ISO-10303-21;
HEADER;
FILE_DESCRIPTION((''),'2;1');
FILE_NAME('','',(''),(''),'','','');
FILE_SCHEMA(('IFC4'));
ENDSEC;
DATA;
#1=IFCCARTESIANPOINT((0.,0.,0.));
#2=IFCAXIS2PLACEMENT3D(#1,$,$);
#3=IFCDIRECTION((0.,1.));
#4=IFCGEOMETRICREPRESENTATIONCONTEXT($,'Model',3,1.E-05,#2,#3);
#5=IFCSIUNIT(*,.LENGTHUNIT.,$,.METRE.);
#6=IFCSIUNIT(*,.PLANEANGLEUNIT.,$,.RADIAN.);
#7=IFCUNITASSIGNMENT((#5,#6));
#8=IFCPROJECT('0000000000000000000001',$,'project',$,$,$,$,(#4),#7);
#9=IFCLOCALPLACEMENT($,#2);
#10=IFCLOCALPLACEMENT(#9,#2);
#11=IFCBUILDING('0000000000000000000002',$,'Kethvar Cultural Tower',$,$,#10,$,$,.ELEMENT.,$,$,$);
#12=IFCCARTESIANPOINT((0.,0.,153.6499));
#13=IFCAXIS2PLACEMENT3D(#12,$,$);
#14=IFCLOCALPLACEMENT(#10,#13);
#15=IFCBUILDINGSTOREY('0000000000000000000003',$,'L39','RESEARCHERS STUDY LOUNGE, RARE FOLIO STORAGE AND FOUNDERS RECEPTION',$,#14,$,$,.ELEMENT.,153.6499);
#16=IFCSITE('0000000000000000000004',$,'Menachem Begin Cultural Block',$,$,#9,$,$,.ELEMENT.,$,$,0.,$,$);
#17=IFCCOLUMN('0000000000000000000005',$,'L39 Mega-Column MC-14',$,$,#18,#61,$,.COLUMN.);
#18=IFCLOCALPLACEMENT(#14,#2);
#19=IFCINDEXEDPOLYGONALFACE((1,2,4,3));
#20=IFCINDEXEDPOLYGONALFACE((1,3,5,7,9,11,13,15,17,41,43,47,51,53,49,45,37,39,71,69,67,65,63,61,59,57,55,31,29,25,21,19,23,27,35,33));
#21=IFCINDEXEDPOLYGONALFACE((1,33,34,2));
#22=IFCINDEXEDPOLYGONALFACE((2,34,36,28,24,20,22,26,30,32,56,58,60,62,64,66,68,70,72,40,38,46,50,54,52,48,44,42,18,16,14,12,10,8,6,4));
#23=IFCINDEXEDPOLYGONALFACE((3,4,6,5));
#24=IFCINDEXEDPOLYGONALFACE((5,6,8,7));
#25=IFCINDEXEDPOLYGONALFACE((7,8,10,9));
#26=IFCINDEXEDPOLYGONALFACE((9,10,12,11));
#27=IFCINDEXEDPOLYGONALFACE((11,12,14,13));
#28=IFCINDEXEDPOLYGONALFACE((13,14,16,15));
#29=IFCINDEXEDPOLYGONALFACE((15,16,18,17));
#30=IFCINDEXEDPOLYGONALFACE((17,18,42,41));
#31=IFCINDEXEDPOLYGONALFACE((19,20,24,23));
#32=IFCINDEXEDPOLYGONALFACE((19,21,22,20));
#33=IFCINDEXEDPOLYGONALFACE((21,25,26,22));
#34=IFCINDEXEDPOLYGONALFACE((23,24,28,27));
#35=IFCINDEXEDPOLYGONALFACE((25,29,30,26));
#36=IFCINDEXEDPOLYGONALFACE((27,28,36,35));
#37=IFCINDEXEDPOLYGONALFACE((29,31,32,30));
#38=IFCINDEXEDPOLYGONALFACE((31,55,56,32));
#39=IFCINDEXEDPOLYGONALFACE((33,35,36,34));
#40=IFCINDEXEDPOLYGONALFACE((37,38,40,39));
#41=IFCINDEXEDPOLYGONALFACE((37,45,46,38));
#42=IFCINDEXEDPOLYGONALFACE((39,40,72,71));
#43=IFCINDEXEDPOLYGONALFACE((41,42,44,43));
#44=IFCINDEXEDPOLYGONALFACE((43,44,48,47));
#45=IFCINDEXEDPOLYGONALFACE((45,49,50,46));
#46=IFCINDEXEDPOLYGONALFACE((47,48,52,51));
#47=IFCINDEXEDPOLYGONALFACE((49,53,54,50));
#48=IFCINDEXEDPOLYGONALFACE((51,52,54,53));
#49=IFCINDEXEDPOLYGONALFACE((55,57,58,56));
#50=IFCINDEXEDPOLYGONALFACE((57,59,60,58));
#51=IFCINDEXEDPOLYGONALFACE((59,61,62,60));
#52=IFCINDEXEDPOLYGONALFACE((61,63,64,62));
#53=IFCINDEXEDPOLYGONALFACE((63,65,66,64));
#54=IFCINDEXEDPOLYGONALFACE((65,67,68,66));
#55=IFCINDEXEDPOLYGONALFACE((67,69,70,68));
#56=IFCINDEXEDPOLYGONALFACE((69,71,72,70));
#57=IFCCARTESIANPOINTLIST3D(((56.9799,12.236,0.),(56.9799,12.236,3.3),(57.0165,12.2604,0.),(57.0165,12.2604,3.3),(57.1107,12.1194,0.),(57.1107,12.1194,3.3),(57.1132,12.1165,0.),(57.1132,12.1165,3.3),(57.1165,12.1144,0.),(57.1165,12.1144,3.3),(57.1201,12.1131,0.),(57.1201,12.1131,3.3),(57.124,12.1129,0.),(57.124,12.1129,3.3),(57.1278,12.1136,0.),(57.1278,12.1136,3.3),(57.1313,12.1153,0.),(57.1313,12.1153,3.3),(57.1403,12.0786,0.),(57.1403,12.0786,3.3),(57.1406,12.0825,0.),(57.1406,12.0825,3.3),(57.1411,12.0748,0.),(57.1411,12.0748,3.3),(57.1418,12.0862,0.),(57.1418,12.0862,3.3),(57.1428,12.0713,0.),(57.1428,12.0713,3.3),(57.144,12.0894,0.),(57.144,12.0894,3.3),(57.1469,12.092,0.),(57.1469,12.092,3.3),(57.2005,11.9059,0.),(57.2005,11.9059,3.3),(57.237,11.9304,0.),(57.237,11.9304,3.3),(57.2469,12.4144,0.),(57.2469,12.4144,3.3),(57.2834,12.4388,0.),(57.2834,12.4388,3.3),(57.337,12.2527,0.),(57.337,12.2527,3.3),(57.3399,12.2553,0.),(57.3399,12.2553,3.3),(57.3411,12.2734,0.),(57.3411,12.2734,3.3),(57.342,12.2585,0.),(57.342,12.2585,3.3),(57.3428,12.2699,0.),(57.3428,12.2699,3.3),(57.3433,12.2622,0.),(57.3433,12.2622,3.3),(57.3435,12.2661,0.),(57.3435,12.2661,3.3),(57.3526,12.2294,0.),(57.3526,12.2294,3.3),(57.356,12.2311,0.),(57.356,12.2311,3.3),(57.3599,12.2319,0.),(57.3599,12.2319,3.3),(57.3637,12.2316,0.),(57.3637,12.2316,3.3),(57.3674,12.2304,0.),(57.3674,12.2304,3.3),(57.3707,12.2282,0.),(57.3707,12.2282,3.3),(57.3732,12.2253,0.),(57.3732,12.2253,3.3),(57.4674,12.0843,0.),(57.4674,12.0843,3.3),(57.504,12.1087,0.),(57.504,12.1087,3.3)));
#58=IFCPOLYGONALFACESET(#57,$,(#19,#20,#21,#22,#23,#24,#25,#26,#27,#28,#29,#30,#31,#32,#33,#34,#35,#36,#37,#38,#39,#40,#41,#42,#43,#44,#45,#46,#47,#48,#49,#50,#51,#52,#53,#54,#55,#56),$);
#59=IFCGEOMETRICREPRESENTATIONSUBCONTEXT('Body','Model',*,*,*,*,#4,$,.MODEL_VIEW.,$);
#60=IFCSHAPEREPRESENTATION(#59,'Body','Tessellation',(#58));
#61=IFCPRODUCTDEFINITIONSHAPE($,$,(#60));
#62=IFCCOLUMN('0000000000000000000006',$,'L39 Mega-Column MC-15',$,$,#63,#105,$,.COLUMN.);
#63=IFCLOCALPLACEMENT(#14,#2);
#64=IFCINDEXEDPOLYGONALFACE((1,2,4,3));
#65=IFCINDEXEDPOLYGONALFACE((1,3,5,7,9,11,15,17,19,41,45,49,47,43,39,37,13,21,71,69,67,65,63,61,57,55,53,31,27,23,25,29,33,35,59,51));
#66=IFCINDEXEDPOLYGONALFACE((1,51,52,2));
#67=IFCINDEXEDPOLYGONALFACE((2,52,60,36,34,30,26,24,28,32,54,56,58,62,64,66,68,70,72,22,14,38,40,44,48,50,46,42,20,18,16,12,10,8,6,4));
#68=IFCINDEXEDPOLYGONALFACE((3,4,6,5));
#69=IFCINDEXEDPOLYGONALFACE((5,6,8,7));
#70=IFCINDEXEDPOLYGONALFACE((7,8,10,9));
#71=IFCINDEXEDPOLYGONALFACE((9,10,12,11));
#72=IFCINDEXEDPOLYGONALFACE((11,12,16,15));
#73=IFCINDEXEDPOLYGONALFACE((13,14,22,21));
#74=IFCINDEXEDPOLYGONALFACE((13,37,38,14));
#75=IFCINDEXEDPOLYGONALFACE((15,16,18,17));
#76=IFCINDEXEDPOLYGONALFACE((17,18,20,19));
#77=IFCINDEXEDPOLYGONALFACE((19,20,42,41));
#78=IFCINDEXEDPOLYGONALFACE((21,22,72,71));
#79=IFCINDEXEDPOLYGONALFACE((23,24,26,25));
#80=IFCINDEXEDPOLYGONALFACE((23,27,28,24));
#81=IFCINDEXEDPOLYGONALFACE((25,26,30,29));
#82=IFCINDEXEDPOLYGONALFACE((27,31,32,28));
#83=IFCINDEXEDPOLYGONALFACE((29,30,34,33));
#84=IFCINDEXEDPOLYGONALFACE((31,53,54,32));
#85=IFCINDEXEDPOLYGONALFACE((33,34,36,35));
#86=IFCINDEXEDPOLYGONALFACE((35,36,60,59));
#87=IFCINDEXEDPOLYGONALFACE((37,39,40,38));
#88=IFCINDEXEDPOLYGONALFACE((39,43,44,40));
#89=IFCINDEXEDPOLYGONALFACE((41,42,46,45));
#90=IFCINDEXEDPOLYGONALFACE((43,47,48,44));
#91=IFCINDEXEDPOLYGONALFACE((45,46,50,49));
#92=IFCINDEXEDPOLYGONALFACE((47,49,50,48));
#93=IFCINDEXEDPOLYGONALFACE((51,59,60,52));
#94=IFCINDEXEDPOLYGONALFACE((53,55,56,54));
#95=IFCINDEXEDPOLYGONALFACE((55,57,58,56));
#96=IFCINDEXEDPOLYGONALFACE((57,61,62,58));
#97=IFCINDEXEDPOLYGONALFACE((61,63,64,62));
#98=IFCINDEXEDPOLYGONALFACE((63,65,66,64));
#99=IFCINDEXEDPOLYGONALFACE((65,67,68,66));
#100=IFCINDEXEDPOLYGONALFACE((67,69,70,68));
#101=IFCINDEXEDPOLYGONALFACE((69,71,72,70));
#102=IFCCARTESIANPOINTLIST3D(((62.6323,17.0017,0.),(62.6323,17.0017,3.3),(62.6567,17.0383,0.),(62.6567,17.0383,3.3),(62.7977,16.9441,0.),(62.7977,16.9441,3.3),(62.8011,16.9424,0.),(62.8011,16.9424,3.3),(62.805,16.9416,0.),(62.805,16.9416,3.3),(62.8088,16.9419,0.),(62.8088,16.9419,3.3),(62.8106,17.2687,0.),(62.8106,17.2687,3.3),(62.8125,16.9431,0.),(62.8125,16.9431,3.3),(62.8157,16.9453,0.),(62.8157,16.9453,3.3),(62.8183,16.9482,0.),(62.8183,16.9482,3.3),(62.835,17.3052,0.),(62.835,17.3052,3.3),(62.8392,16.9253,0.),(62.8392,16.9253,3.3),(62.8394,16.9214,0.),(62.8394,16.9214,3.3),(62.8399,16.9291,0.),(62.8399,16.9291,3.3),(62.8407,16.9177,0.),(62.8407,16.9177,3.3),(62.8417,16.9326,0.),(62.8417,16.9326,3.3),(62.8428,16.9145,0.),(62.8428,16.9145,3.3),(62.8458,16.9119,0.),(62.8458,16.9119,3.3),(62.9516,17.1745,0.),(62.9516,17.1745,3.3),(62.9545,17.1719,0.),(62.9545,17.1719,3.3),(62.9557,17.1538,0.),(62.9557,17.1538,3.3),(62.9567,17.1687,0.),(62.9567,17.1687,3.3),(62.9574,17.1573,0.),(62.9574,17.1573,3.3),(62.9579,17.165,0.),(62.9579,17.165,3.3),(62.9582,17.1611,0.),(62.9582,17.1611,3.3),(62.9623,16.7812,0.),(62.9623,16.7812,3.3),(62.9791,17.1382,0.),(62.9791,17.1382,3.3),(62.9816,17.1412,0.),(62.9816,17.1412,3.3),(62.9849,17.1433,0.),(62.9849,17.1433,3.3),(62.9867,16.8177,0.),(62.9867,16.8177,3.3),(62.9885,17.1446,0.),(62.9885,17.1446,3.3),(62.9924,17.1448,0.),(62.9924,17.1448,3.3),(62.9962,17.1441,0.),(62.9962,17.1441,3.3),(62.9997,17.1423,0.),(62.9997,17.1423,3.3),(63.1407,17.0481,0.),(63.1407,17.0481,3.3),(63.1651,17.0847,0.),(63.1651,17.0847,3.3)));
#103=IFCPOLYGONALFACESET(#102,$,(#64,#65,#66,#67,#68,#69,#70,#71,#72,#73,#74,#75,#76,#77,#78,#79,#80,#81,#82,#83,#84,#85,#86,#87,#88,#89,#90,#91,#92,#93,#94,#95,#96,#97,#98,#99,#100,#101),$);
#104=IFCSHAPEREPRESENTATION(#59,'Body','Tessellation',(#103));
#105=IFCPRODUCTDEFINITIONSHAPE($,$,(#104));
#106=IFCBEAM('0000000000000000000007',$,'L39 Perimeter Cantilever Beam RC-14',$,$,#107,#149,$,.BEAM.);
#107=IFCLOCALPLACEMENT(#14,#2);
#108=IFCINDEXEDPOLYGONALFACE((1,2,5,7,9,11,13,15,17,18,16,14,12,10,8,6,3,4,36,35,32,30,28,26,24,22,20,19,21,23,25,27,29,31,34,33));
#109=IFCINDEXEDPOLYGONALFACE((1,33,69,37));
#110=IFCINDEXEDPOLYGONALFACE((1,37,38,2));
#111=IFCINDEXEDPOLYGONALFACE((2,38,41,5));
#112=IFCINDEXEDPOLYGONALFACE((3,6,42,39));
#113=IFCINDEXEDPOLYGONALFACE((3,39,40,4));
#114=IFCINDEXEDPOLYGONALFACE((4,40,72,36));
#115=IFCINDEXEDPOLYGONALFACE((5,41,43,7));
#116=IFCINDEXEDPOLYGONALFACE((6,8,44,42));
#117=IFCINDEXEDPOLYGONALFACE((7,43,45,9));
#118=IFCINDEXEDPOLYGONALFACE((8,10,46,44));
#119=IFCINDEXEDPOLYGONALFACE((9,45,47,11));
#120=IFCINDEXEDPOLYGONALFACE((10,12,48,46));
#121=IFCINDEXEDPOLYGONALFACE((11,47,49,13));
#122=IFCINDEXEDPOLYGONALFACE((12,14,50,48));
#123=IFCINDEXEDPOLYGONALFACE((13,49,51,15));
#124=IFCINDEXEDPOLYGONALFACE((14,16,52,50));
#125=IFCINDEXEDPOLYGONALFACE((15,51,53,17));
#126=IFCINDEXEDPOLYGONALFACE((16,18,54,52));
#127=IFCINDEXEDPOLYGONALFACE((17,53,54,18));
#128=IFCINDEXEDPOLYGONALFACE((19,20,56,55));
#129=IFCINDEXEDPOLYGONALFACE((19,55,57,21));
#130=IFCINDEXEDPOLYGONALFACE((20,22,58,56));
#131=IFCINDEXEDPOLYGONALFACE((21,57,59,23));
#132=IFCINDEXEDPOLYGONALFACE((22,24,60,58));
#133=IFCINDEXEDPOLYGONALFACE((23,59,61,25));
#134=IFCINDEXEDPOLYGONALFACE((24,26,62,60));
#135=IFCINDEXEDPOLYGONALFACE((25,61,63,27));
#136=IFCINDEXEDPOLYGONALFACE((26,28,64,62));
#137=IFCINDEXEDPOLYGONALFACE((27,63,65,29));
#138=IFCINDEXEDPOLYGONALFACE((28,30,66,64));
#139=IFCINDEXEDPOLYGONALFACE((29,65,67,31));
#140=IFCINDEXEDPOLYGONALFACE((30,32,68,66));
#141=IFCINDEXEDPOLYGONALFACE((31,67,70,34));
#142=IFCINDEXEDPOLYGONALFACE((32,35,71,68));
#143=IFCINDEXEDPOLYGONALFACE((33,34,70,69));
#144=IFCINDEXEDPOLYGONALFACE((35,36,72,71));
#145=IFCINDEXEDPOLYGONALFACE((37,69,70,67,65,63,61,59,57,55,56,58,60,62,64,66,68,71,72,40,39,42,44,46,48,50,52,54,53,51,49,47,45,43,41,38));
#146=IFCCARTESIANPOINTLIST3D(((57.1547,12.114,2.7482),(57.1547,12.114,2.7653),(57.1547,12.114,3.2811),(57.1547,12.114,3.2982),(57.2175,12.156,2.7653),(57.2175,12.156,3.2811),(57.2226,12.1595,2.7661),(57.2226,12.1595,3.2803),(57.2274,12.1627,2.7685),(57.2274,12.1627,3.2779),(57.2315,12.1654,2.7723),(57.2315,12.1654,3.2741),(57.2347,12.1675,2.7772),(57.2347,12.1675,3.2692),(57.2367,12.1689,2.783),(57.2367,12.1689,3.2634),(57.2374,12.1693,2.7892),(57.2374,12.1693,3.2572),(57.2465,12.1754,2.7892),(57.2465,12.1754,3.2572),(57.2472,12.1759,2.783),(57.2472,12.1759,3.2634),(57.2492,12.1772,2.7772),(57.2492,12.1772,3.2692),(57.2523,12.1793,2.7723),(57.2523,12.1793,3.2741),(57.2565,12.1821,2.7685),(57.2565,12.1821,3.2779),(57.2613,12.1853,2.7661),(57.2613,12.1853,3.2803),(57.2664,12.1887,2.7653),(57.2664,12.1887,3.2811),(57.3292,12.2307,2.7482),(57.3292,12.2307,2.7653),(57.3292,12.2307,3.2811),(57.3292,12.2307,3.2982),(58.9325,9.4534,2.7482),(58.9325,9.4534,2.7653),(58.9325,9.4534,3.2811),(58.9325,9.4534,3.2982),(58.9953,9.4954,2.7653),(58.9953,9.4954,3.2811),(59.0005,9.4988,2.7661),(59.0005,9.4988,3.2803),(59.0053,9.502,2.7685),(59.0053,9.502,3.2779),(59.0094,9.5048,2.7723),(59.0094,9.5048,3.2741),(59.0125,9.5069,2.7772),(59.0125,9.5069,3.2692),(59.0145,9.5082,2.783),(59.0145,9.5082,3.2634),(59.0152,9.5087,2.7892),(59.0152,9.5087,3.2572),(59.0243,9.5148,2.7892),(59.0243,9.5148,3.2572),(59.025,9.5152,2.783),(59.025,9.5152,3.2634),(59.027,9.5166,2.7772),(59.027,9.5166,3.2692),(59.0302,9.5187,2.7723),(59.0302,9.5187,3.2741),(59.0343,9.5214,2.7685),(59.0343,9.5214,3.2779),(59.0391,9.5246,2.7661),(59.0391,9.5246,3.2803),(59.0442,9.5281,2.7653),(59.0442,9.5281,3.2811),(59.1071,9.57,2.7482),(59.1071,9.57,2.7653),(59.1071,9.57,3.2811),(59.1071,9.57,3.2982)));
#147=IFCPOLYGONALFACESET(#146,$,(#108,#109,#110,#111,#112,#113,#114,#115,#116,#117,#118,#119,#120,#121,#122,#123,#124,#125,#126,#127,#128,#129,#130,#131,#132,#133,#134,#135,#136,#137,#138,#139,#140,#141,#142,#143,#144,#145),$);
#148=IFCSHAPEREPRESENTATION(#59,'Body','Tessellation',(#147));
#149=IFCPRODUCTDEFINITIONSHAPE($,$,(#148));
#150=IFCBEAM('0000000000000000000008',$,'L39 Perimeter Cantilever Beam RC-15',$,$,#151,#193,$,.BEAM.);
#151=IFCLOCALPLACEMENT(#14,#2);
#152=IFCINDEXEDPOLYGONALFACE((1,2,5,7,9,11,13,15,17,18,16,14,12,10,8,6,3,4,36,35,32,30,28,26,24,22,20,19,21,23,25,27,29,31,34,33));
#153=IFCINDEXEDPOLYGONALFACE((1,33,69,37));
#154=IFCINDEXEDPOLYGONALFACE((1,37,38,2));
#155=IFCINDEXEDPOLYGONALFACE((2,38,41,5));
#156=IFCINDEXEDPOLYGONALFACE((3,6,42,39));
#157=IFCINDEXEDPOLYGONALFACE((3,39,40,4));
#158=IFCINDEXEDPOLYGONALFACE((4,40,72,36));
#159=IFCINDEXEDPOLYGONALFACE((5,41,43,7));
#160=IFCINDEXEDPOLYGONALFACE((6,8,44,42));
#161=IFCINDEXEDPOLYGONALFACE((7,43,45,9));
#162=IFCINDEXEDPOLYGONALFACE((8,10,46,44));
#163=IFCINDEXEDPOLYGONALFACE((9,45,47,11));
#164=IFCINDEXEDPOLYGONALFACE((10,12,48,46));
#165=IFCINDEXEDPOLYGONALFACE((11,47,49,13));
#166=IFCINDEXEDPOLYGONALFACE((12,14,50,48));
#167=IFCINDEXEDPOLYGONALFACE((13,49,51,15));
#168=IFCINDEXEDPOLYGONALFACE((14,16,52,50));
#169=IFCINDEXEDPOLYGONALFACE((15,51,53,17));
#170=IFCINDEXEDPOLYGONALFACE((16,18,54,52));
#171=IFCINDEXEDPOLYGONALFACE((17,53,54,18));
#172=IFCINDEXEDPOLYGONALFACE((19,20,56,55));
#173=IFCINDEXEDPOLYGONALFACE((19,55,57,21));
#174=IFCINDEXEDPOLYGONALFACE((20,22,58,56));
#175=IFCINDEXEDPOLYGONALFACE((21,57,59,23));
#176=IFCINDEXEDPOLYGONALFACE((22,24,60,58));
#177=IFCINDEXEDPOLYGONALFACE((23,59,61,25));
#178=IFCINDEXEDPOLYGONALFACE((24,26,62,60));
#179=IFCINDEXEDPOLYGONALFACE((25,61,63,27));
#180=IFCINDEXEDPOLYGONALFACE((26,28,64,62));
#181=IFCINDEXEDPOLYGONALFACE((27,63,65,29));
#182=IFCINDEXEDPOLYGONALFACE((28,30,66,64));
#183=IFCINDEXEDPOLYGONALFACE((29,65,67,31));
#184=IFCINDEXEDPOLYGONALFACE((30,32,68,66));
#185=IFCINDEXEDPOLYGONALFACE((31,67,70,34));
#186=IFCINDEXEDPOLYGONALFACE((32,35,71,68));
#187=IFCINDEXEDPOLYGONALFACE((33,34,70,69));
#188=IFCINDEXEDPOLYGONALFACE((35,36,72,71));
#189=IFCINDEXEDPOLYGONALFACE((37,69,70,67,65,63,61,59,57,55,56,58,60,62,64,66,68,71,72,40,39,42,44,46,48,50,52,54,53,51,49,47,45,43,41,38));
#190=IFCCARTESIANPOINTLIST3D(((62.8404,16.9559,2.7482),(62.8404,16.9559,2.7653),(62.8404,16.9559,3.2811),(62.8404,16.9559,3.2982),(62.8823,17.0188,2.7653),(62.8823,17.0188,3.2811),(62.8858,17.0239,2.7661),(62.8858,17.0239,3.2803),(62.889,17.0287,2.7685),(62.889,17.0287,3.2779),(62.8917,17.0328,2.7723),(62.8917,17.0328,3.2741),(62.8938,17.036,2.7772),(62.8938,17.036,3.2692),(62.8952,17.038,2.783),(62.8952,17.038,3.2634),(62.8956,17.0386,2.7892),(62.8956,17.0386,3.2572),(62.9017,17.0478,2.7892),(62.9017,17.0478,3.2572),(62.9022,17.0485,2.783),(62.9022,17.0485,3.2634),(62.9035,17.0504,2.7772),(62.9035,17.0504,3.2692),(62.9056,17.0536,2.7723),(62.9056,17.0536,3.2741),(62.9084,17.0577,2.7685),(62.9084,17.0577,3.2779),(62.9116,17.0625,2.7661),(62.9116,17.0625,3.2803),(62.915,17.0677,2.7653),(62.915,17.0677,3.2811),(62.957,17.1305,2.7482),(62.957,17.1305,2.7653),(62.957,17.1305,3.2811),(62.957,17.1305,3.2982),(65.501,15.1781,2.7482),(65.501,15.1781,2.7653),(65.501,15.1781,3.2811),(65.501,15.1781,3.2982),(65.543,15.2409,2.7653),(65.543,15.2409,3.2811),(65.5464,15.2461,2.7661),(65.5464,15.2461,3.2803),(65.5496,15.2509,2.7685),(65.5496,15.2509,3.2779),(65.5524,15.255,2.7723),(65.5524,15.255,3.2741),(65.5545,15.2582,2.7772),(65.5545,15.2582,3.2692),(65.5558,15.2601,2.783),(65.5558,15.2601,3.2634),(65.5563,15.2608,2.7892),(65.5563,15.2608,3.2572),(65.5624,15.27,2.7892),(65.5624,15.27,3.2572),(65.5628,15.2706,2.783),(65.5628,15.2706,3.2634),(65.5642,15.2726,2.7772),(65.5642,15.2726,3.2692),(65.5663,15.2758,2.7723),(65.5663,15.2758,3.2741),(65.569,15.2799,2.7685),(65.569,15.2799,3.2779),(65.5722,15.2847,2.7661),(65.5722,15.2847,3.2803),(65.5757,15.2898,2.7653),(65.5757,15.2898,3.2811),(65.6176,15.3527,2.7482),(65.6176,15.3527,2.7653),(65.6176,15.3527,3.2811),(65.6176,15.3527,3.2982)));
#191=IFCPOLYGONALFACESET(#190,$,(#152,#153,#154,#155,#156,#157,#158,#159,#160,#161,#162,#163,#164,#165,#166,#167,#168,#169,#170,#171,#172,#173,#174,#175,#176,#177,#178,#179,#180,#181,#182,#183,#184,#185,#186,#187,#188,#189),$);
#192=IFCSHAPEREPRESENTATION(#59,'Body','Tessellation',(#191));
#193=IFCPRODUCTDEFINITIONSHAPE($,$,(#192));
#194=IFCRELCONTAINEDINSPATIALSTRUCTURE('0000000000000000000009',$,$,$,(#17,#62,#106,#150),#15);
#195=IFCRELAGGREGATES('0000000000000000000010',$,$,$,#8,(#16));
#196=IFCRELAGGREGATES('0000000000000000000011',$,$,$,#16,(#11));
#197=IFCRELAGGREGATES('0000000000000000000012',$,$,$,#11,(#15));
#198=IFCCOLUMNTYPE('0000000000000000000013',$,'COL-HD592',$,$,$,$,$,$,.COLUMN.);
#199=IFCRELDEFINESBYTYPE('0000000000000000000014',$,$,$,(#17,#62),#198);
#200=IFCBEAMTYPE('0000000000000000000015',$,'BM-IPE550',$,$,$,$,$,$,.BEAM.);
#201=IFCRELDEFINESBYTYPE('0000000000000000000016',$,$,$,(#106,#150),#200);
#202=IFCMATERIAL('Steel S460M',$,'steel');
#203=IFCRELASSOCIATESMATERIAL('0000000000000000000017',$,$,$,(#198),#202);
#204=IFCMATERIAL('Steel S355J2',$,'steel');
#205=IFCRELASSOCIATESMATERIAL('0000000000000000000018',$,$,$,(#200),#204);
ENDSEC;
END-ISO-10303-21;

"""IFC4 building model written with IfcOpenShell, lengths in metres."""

from ifc_helpers import new_model, si_unit, direction, frame, origin, origin_2d, place, context, subcontext, project, spatial, i_section, extrude, source, transform, mapped, material, material_profile, profile_set, type_object, element, save


model = new_model("IFC4")

# Units and contexts
model_context = context("Model", 3, precision=1e-05, world=origin(), true_north=direction((0.0, 1.0)))
body_context = subcontext(model_context, "Body", "Model", "MODEL_VIEW")
ifc_project = project(units=[si_unit("LENGTHUNIT", "METRE"), si_unit("PLANEANGLEUNIT", "RADIAN")], contexts=[model_context])

# Site, building, storey
site_placement = place(None, origin())
site = spatial("IfcSite", under=ifc_project, at=site_placement, Name="Menachem Begin Cultural Block", CompositionType="ELEMENT", RefElevation=0.0)
building_placement = place(site_placement, origin())
building = spatial("IfcBuilding", under=site, at=building_placement, Name="Kethvar Cultural Tower", CompositionType="ELEMENT")
storey_placement = place(building_placement, frame((0.0, 0.0, 153.6499)))
storey = spatial("IfcBuildingStorey", under=building, at=storey_placement, Name="L39", Description="RESEARCHERS STUDY LOUNGE, RARE FOLIO STORAGE AND FOUNDERS RECEPTION", CompositionType="ELEMENT", Elevation=153.6499)

# Columns
ifc_material_1 = material(Name="Steel S460M", Category="steel")
ifc_material_profile_1 = material_profile(ifc_material_1, i_section(OverallWidth=0.397, OverallDepth=0.365, WebThickness=0.0281, FlangeThickness=0.0439, FilletRadius=0.0149, at=origin_2d()), Name="Steel S460M — HD400x592")
ifc_profile_set_1 = profile_set([ifc_material_profile_1], Name="Steel S460M — HD400x592")
column_type = type_object("IfcColumnType", Name="COL-HD592", PredefinedType="COLUMN", material=ifc_profile_set_1)
shared_shape_1 = source(origin(), body_context, "Body", "SweptSolid", [
    extrude(i_section(OverallWidth=0.397, OverallDepth=0.365, WebThickness=0.0281, FlangeThickness=0.0439, FilletRadius=0.0149, at=origin_2d()), origin(), (0.0, 0.0, 1.0), 3.3),
])
for number, where, z_axis, x_axis, name in (
    (1, (57.2419, 12.1724, 0.0), (0.0, 0.0, 1.0), (0.55557, -0.83147, 0.0), "L39 Mega-Column MC-14"),
    (2, (62.8987, 17.0432, 0.0), (0.0, 0.0, 1.0), (0.83147, -0.55557, 0.0), "L39 Mega-Column MC-15"),
):
    element("IfcColumn", number, at=place(storey_placement, frame(where, z_axis=z_axis, x_axis=x_axis)), inside=storey, type_object=column_type, Name=name, PredefinedType="COLUMN", context=body_context, shape_type="MappedRepresentation", body=[
        mapped(shared_shape_1, transform((0.0, 0.0, 0.0), scale=1.0)),
    ])

# Beams
ifc_material_2 = material(Name="Steel S355J2", Category="steel")
ifc_material_profile_2 = material_profile(ifc_material_2, i_section(OverallWidth=0.21, OverallDepth=0.55, WebThickness=0.011, FlangeThickness=0.0171, FilletRadius=0.0239, at=origin_2d()), Name="Steel S355J2 — IPE550")
ifc_profile_set_2 = profile_set([ifc_material_profile_2], Name="Steel S355J2 — IPE550")
beam_type_1 = type_object("IfcBeamType", Name="BM-IPE550", PredefinedType="BEAM", material=ifc_profile_set_2)
shared_shape_2 = source(origin(), body_context, "Body", "SweptSolid", [
    extrude(i_section(OverallWidth=0.21, OverallDepth=0.55, WebThickness=0.011, FlangeThickness=0.0171, FilletRadius=0.0239, at=origin_2d()), origin(), (0.0, 0.0, 1.0), 3.2),
])
for number, where, z_axis, x_axis, name in (
    (3, (57.2419, 12.1724, 3.0232), (0.55558, -0.831463, 0.0), (0.831463, 0.55558, 0.0), "L39 Perimeter Cantilever Beam RC-14"),
    (4, (62.8987, 17.0432, 3.0232), (0.831463, -0.55558, 0.0), (0.55558, 0.831463, 0.0), "L39 Perimeter Cantilever Beam RC-15"),
):
    element("IfcBeam", number, at=place(storey_placement, frame(where, z_axis=z_axis, x_axis=x_axis)), inside=storey, type_object=beam_type_1, Name=name, PredefinedType="BEAM", context=body_context, shape_type="MappedRepresentation", body=[
        mapped(shared_shape_2, transform((0.0, 0.0, 0.0), scale=1.0)),
    ])

save(model, "model.ifc")
